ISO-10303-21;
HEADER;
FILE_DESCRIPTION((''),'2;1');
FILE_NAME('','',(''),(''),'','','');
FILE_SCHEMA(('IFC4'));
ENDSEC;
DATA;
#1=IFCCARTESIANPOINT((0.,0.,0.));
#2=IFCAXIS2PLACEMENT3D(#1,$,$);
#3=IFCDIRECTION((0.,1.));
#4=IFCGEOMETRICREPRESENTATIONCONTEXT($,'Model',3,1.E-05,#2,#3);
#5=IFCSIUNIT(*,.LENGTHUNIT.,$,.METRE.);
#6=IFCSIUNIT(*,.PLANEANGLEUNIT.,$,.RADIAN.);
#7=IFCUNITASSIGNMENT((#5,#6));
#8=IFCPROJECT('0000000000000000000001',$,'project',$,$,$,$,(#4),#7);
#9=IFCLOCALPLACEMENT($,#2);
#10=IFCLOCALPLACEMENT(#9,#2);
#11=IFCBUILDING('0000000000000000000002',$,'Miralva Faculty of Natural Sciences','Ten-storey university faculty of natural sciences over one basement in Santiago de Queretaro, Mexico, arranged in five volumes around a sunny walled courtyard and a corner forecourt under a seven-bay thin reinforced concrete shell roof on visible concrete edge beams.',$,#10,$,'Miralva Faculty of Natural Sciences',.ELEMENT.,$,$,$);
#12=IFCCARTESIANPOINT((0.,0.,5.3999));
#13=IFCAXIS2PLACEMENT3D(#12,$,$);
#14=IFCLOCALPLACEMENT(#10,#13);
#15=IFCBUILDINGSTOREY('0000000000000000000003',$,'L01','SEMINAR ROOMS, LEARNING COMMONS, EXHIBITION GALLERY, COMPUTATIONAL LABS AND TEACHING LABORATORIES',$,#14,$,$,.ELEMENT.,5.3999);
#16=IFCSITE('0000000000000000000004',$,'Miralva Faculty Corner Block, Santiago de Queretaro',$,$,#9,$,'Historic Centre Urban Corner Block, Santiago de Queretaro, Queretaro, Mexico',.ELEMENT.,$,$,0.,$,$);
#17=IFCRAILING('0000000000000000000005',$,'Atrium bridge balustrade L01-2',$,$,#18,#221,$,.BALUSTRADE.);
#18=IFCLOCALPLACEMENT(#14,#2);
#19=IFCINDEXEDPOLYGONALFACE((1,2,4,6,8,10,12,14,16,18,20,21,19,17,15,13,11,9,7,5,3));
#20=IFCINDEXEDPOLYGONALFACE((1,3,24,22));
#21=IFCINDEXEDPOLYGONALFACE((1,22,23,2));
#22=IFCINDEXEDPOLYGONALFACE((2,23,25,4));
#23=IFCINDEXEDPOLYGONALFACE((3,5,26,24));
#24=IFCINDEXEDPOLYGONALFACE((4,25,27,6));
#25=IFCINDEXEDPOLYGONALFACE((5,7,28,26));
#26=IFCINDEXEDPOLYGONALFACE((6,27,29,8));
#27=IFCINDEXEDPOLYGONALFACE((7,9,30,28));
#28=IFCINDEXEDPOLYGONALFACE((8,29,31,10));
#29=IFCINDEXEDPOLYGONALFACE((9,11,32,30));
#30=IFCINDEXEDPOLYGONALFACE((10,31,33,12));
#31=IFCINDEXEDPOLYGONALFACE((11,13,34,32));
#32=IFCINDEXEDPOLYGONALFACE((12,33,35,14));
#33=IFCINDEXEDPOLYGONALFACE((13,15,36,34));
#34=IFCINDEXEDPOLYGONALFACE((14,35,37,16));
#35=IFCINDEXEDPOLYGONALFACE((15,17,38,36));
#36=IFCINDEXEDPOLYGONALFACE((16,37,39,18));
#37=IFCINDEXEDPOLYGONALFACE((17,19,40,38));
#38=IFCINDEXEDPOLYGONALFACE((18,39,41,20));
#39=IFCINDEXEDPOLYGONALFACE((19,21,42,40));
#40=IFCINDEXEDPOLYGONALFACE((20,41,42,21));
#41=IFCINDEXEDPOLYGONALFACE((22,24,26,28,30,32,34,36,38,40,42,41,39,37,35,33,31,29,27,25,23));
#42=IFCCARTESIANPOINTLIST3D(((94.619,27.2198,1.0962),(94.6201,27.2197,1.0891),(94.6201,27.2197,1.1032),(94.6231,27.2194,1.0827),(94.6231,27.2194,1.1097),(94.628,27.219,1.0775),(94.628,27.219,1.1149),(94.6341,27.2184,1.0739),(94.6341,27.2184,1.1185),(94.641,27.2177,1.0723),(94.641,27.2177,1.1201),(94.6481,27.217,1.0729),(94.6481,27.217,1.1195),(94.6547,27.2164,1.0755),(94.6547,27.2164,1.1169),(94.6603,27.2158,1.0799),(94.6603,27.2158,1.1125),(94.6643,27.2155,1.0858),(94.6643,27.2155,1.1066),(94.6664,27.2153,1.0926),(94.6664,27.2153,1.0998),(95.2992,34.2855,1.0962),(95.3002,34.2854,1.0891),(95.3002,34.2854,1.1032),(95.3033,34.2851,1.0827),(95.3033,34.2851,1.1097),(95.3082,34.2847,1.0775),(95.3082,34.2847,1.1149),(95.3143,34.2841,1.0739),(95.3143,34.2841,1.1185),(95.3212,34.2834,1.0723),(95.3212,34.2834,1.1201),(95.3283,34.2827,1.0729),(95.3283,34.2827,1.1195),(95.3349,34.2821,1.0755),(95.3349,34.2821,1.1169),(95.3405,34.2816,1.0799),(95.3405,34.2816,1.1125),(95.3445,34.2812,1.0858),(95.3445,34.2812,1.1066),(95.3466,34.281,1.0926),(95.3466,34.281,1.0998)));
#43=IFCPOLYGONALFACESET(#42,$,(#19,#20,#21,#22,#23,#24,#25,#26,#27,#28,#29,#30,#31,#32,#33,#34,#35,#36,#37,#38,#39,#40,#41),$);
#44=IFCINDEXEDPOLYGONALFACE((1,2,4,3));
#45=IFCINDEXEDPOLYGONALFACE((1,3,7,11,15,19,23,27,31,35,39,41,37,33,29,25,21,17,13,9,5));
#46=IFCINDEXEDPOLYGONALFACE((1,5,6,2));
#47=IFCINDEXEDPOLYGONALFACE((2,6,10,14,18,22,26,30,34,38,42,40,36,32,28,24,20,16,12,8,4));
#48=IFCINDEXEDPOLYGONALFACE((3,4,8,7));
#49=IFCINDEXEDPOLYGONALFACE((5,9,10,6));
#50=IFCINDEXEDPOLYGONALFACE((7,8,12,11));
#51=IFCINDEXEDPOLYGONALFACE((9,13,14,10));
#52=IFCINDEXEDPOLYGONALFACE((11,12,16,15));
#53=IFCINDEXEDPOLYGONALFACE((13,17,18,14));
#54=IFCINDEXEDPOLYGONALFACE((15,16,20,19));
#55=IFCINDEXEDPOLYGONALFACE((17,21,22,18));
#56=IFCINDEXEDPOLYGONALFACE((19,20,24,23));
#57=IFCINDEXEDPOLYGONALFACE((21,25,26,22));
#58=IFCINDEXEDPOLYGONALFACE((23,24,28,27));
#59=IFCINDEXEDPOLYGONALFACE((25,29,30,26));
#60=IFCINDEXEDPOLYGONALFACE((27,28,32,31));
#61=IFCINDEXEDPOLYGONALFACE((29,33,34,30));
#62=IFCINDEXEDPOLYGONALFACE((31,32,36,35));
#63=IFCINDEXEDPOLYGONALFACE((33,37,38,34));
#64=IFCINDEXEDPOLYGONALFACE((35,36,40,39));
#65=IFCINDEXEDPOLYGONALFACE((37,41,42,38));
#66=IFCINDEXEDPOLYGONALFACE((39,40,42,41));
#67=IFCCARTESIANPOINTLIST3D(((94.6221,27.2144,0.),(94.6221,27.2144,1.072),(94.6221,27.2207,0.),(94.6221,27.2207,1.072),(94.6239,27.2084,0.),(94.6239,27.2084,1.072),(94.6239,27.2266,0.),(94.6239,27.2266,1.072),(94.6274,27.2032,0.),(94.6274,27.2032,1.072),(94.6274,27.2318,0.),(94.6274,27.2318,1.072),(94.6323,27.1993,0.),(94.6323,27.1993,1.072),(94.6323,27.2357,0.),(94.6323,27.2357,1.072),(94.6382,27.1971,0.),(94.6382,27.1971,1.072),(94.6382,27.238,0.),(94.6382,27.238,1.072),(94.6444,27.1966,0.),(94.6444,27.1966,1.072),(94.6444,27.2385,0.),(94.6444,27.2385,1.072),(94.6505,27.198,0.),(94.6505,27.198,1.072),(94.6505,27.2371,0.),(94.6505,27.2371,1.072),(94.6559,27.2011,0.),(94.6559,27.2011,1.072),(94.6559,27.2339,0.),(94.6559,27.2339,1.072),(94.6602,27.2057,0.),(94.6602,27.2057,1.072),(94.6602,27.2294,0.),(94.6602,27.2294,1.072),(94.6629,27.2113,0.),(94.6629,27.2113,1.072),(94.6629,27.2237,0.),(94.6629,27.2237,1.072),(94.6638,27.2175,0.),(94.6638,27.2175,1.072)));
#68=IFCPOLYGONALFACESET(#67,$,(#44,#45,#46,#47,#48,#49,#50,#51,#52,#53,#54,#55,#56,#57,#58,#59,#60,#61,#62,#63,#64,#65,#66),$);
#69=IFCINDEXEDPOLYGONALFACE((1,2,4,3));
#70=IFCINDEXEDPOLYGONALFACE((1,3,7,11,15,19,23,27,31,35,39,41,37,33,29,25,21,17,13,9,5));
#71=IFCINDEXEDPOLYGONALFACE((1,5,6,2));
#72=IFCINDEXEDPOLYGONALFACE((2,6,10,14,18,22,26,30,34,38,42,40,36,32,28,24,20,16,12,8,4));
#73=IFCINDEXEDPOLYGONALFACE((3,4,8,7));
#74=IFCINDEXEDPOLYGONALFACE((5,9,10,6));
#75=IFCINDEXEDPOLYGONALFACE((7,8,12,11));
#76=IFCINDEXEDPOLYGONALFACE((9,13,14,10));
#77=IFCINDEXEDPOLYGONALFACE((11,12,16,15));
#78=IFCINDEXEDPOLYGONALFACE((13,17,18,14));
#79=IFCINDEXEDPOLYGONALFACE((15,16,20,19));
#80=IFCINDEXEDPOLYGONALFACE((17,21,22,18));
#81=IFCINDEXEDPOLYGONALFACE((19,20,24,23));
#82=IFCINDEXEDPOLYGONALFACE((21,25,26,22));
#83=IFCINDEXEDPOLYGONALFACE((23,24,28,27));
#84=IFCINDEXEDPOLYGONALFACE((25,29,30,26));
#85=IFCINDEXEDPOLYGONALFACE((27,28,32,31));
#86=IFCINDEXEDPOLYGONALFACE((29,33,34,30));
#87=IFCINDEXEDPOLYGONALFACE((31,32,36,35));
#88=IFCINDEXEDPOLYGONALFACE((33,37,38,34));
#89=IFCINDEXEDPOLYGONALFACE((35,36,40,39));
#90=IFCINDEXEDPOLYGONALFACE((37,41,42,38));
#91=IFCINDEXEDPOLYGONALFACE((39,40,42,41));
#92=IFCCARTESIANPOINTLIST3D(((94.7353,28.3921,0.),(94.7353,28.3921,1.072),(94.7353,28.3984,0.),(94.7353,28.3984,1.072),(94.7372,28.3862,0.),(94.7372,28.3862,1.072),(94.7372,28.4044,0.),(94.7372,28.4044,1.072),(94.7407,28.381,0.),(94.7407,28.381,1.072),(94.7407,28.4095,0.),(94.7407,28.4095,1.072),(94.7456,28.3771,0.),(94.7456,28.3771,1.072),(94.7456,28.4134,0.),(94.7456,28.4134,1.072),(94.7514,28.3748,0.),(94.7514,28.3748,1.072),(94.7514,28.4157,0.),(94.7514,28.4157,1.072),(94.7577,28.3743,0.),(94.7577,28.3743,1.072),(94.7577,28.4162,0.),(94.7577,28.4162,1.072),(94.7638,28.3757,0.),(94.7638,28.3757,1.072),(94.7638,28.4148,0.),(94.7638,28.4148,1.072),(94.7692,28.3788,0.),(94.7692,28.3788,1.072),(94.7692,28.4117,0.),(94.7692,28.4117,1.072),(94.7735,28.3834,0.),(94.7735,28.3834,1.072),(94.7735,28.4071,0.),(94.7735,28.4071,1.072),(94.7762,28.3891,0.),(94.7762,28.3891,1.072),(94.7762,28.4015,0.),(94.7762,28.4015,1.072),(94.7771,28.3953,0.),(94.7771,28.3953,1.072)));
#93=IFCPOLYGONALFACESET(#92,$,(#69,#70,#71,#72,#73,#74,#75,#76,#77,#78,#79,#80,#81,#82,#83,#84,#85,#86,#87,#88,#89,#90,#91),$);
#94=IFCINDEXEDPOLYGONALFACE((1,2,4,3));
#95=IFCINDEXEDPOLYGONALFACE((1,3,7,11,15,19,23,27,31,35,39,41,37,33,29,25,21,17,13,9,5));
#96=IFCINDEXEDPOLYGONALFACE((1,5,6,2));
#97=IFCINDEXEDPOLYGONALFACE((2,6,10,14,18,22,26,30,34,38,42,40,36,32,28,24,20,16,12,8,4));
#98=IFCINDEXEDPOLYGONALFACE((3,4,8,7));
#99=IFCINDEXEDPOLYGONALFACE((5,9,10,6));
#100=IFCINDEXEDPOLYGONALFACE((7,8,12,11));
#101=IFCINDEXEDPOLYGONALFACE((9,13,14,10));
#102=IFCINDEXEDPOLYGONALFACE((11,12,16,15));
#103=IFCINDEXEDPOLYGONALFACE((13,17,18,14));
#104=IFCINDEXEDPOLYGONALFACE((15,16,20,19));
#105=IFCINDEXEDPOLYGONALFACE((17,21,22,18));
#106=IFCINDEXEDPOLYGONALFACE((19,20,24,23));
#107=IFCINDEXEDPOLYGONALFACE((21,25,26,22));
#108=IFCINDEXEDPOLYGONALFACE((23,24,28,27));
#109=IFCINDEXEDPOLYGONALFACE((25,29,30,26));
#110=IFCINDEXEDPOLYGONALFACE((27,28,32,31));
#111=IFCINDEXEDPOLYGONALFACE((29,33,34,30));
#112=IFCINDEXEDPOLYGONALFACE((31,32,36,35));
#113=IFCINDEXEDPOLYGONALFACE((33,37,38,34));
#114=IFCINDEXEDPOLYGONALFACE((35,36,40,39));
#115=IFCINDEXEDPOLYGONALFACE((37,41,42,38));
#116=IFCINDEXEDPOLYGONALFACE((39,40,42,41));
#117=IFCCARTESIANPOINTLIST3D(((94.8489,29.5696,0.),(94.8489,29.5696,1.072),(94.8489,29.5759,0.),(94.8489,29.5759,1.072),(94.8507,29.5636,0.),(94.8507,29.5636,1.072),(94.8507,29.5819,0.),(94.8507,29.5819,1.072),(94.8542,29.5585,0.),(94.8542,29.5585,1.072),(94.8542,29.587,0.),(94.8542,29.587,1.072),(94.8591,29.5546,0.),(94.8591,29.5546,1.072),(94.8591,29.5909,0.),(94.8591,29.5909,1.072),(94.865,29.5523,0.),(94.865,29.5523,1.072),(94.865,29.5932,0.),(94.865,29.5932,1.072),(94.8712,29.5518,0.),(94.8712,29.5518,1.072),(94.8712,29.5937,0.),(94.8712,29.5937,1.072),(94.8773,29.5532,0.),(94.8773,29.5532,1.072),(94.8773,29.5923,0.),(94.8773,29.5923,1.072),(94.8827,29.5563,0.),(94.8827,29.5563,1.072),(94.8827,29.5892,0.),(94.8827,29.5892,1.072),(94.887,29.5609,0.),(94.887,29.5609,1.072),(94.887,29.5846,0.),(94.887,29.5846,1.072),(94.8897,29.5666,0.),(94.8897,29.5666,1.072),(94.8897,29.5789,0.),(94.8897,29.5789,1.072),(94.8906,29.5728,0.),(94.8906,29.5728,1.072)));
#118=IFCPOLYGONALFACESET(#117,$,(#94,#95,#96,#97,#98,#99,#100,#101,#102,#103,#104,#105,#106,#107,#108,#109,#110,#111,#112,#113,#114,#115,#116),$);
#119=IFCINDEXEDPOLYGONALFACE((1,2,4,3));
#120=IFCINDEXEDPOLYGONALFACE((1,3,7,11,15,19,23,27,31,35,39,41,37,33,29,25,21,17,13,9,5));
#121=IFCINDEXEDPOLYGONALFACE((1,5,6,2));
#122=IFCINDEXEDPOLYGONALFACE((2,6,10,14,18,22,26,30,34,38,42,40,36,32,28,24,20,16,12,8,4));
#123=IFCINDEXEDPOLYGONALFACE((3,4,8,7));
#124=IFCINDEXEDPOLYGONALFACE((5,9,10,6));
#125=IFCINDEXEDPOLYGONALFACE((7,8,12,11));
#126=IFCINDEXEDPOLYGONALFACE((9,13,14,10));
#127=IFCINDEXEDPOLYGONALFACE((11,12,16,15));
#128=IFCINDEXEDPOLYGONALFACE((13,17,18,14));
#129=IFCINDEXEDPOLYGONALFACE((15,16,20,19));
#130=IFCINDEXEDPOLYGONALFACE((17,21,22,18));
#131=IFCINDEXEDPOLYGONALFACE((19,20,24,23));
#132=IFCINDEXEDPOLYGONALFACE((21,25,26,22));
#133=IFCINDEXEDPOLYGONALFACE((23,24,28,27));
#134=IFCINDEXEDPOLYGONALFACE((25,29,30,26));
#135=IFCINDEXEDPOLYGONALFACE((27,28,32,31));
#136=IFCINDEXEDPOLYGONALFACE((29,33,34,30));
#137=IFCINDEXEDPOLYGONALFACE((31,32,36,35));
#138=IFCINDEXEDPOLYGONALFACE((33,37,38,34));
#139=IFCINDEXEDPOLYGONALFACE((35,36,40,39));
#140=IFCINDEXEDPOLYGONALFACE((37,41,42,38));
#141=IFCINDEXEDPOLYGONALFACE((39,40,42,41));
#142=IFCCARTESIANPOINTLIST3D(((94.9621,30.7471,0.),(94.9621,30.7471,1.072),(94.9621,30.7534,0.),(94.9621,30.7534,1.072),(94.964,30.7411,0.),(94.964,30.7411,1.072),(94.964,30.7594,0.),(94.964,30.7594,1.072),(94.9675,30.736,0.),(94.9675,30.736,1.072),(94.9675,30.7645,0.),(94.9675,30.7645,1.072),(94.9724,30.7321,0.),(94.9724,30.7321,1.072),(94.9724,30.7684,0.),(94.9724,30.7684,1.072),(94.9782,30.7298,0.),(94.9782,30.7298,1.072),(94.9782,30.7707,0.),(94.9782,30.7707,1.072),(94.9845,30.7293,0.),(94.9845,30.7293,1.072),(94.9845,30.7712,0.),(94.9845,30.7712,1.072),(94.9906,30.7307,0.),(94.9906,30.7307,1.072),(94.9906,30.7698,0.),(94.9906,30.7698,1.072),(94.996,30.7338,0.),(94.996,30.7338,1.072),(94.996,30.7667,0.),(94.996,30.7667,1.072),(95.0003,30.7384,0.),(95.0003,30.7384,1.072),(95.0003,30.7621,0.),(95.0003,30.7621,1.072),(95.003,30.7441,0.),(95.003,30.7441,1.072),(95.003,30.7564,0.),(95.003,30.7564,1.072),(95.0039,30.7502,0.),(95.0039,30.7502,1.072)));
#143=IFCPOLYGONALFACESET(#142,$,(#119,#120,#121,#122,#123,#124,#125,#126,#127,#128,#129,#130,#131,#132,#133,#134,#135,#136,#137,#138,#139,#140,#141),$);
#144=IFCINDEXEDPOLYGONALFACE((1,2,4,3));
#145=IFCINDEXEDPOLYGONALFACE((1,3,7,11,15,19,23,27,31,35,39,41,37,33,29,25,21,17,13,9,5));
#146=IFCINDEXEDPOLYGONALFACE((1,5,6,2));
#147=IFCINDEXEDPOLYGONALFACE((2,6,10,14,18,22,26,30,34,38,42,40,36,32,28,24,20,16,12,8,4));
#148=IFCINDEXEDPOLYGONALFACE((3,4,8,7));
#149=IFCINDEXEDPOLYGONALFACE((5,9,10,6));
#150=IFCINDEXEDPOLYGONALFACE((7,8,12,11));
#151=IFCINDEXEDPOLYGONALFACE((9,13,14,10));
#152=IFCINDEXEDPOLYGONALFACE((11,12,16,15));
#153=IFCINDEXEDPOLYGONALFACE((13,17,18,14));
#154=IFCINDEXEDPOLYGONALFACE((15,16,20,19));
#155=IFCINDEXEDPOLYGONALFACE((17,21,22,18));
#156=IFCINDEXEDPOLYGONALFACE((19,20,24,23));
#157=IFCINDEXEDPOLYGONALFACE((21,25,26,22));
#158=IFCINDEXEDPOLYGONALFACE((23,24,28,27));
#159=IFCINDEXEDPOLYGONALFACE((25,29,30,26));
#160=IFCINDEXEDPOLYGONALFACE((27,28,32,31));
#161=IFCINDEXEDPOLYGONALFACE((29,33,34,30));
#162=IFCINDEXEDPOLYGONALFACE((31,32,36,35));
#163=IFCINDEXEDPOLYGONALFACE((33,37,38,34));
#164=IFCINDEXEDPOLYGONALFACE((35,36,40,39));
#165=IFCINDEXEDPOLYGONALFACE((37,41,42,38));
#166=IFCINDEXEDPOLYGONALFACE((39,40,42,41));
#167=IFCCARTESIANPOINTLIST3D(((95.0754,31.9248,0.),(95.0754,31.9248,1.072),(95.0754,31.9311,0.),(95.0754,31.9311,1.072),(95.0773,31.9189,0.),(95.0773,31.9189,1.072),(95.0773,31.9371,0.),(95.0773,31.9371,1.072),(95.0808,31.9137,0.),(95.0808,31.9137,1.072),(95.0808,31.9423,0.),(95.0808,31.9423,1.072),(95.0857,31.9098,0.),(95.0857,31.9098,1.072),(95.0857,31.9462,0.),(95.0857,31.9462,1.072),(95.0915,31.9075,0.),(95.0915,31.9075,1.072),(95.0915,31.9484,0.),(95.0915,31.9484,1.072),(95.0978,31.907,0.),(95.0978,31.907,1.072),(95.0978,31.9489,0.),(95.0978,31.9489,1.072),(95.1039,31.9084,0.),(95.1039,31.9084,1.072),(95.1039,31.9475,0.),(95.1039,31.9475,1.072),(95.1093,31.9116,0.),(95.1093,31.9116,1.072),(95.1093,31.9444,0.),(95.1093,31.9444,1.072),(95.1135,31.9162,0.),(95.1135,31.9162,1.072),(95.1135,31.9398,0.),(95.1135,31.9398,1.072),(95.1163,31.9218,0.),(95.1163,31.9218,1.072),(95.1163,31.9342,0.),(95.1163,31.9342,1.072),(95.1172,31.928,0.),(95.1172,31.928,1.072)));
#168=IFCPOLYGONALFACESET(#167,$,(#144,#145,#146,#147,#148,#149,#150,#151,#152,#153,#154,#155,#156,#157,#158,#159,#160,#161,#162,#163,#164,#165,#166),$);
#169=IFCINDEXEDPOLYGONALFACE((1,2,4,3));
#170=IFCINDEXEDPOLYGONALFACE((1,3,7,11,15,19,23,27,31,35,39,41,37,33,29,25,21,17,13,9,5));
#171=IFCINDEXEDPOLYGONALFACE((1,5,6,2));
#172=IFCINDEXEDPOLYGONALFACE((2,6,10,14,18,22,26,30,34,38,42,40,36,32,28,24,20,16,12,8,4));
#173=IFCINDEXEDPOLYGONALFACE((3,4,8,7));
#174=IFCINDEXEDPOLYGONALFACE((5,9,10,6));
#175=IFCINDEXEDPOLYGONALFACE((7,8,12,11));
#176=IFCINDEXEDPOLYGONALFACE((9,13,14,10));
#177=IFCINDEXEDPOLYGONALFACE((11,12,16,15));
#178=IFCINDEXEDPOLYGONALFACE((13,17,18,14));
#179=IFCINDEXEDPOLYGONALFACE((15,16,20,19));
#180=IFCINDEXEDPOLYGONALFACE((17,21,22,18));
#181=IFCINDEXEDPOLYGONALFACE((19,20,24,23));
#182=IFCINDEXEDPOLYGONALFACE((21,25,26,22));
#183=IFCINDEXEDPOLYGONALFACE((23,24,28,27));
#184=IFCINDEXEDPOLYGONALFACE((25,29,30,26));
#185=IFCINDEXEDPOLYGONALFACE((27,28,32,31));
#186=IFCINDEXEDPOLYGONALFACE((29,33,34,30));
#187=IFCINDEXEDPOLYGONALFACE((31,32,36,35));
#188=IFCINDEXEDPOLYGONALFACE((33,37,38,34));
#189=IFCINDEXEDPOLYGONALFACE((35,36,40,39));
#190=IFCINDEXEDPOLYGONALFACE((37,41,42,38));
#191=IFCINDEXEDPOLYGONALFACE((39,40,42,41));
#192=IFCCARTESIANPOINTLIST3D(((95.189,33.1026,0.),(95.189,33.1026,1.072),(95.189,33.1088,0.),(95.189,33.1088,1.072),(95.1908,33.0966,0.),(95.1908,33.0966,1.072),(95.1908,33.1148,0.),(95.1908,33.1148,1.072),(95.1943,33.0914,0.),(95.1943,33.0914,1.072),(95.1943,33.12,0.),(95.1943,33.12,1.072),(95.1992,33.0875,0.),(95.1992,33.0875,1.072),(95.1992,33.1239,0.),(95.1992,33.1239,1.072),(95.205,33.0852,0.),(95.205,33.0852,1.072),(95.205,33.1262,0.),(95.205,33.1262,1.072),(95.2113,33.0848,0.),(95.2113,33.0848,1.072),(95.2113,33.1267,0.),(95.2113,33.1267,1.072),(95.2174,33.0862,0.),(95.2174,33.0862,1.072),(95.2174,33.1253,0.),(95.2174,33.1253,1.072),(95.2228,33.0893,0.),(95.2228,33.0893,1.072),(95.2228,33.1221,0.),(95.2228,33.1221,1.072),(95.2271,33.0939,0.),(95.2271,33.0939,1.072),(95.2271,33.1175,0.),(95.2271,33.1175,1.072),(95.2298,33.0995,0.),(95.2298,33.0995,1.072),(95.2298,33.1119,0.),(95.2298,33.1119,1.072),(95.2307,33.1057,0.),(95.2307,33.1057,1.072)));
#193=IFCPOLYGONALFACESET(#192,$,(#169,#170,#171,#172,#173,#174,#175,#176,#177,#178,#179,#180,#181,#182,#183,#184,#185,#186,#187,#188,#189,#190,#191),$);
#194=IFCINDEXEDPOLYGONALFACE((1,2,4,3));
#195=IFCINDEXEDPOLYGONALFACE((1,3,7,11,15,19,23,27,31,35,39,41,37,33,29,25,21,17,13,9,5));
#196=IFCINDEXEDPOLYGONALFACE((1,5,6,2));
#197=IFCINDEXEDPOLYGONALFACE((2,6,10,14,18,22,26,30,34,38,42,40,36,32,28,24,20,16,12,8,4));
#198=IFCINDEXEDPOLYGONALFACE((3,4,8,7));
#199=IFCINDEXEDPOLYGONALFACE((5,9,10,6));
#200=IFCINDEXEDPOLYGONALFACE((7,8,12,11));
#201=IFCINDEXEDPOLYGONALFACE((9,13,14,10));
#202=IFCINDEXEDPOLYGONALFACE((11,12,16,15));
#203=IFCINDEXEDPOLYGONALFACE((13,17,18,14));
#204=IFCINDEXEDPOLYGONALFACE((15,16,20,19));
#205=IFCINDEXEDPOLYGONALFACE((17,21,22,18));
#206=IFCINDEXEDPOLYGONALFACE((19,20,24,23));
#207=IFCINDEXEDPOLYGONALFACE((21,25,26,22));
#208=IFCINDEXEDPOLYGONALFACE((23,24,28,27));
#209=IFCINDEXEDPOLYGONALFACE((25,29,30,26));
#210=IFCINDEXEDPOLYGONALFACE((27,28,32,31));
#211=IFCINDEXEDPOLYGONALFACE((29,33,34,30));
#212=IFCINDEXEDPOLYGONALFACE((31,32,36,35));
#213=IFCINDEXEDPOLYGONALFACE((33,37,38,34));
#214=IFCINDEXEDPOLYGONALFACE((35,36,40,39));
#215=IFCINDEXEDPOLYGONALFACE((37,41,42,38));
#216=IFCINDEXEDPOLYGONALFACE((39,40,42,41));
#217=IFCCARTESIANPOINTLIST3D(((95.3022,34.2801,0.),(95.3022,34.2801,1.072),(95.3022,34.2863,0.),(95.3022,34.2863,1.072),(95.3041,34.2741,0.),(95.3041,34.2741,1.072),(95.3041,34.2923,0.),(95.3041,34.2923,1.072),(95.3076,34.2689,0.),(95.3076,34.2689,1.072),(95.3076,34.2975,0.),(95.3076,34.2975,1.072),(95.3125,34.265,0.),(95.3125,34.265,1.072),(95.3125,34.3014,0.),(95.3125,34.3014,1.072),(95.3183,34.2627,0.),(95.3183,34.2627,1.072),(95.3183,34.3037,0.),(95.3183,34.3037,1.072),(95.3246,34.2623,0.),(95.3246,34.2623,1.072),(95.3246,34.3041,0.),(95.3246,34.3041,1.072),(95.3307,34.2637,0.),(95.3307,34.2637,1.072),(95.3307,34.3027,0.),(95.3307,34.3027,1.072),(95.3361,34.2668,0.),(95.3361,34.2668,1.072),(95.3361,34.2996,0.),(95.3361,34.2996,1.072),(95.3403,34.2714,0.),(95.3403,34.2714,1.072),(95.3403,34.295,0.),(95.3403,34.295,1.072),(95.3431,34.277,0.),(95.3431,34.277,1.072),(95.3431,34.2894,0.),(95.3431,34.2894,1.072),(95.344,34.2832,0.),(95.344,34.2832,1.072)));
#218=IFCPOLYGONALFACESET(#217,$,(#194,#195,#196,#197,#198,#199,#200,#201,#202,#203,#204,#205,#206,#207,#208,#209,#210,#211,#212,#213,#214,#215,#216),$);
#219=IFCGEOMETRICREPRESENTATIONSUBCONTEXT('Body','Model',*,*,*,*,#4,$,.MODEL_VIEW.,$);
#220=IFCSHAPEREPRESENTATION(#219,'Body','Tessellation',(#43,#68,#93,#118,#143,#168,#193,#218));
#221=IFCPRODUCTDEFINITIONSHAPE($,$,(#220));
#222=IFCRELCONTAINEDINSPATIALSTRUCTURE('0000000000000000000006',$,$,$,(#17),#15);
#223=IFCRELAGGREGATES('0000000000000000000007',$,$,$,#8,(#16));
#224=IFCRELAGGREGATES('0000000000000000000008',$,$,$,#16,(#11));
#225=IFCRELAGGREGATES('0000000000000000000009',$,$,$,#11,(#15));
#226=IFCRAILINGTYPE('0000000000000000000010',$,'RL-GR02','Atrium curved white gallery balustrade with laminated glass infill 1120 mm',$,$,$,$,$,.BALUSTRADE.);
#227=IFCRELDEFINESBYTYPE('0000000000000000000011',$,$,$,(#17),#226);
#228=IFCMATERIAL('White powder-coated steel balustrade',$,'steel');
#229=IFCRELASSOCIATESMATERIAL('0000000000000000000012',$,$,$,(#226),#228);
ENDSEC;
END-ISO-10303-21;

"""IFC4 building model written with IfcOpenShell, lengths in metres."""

from ifc_helpers import new_model, si_unit, direction, frame, origin, origin_2d, place, context, subcontext, project, spatial, circle, extrude, material, type_object, element, save


model = new_model("IFC4")

# Units and contexts
model_context = context("Model", 3, precision=1e-05, world=origin(), true_north=direction((0.0, 1.0)))
body_context = subcontext(model_context, "Body", "Model", "MODEL_VIEW")
ifc_project = project(units=[si_unit("LENGTHUNIT", "METRE"), si_unit("PLANEANGLEUNIT", "RADIAN")], contexts=[model_context])

# Site, building, storey
site_placement = place(None, origin())
site = spatial("IfcSite", under=ifc_project, at=site_placement, Name="Miralva Faculty Corner Block, Santiago de Queretaro", LongName="Historic Centre Urban Corner Block, Santiago de Queretaro, Queretaro, Mexico", CompositionType="ELEMENT", RefElevation=0.0)
building_placement = place(site_placement, origin())
building = spatial("IfcBuilding", under=site, at=building_placement, Name="Miralva Faculty of Natural Sciences", Description="Ten-storey university faculty of natural sciences over one basement in Santiago de Queretaro, Mexico, arranged in five volumes around a sunny walled courtyard and a corner forecourt under a seven-bay thin reinforced concrete shell roof on visible concrete edge beams.", LongName="Miralva Faculty of Natural Sciences", CompositionType="ELEMENT")
storey_placement = place(building_placement, frame((0.0, 0.0, 5.3999)))
storey = spatial("IfcBuildingStorey", under=building, at=storey_placement, Name="L01", Description="SEMINAR ROOMS, LEARNING COMMONS, EXHIBITION GALLERY, COMPUTATIONAL LABS AND TEACHING LABORATORIES", CompositionType="ELEMENT", Elevation=5.3999)

# Railing
ifc_material_1 = material(Name="White powder-coated steel balustrade", Category="steel")
railing_type = type_object("IfcRailingType", Name="RL-GR02", Description="Atrium curved white gallery balustrade with laminated glass infill 1120 mm", PredefinedType="BALUSTRADE", material=ifc_material_1)
railing_1_placement = place(storey_placement, frame((94.6428, 27.2175, 0.0)))
element("IfcRailing", 1, at=railing_1_placement, inside=storey, type_object=railing_type, Name="Atrium bridge balustrade L01-2", PredefinedType="BALUSTRADE", context=body_context, shape_type="SweptSolid", body=[
    extrude(circle(Radius=0.0239, at=origin_2d()), frame((0.0, 0.0, 1.0962), z_axis=(0.095822, 0.995398, 0.0), x_axis=(-0.995398, 0.095822, 0.0)), (0.0, 0.0, 1.0), 7.0984),
    extrude(circle(Radius=0.021, at=origin_2d()), origin(), (0.0, 0.0, 1.0), 1.072),
    extrude(circle(Radius=0.021, at=origin_2d()), frame((0.1133, 1.1777, 0.0)), (0.0, 0.0, 1.0), 1.072),
    extrude(circle(Radius=0.021, at=origin_2d()), frame((0.2268, 2.3552, 0.0)), (0.0, 0.0, 1.0), 1.072),
    extrude(circle(Radius=0.021, at=origin_2d()), frame((0.3401, 3.5327, 0.0)), (0.0, 0.0, 1.0), 1.072),
    extrude(circle(Radius=0.021, at=origin_2d()), frame((0.4534, 4.7104, 0.0)), (0.0, 0.0, 1.0), 1.072),
    extrude(circle(Radius=0.021, at=origin_2d()), frame((0.5669, 5.8882, 0.0)), (0.0, 0.0, 1.0), 1.072),
    extrude(circle(Radius=0.021, at=origin_2d()), frame((0.6802, 7.0657, 0.0)), (0.0, 0.0, 1.0), 1.072),
])

save(model, "model.ifc")
